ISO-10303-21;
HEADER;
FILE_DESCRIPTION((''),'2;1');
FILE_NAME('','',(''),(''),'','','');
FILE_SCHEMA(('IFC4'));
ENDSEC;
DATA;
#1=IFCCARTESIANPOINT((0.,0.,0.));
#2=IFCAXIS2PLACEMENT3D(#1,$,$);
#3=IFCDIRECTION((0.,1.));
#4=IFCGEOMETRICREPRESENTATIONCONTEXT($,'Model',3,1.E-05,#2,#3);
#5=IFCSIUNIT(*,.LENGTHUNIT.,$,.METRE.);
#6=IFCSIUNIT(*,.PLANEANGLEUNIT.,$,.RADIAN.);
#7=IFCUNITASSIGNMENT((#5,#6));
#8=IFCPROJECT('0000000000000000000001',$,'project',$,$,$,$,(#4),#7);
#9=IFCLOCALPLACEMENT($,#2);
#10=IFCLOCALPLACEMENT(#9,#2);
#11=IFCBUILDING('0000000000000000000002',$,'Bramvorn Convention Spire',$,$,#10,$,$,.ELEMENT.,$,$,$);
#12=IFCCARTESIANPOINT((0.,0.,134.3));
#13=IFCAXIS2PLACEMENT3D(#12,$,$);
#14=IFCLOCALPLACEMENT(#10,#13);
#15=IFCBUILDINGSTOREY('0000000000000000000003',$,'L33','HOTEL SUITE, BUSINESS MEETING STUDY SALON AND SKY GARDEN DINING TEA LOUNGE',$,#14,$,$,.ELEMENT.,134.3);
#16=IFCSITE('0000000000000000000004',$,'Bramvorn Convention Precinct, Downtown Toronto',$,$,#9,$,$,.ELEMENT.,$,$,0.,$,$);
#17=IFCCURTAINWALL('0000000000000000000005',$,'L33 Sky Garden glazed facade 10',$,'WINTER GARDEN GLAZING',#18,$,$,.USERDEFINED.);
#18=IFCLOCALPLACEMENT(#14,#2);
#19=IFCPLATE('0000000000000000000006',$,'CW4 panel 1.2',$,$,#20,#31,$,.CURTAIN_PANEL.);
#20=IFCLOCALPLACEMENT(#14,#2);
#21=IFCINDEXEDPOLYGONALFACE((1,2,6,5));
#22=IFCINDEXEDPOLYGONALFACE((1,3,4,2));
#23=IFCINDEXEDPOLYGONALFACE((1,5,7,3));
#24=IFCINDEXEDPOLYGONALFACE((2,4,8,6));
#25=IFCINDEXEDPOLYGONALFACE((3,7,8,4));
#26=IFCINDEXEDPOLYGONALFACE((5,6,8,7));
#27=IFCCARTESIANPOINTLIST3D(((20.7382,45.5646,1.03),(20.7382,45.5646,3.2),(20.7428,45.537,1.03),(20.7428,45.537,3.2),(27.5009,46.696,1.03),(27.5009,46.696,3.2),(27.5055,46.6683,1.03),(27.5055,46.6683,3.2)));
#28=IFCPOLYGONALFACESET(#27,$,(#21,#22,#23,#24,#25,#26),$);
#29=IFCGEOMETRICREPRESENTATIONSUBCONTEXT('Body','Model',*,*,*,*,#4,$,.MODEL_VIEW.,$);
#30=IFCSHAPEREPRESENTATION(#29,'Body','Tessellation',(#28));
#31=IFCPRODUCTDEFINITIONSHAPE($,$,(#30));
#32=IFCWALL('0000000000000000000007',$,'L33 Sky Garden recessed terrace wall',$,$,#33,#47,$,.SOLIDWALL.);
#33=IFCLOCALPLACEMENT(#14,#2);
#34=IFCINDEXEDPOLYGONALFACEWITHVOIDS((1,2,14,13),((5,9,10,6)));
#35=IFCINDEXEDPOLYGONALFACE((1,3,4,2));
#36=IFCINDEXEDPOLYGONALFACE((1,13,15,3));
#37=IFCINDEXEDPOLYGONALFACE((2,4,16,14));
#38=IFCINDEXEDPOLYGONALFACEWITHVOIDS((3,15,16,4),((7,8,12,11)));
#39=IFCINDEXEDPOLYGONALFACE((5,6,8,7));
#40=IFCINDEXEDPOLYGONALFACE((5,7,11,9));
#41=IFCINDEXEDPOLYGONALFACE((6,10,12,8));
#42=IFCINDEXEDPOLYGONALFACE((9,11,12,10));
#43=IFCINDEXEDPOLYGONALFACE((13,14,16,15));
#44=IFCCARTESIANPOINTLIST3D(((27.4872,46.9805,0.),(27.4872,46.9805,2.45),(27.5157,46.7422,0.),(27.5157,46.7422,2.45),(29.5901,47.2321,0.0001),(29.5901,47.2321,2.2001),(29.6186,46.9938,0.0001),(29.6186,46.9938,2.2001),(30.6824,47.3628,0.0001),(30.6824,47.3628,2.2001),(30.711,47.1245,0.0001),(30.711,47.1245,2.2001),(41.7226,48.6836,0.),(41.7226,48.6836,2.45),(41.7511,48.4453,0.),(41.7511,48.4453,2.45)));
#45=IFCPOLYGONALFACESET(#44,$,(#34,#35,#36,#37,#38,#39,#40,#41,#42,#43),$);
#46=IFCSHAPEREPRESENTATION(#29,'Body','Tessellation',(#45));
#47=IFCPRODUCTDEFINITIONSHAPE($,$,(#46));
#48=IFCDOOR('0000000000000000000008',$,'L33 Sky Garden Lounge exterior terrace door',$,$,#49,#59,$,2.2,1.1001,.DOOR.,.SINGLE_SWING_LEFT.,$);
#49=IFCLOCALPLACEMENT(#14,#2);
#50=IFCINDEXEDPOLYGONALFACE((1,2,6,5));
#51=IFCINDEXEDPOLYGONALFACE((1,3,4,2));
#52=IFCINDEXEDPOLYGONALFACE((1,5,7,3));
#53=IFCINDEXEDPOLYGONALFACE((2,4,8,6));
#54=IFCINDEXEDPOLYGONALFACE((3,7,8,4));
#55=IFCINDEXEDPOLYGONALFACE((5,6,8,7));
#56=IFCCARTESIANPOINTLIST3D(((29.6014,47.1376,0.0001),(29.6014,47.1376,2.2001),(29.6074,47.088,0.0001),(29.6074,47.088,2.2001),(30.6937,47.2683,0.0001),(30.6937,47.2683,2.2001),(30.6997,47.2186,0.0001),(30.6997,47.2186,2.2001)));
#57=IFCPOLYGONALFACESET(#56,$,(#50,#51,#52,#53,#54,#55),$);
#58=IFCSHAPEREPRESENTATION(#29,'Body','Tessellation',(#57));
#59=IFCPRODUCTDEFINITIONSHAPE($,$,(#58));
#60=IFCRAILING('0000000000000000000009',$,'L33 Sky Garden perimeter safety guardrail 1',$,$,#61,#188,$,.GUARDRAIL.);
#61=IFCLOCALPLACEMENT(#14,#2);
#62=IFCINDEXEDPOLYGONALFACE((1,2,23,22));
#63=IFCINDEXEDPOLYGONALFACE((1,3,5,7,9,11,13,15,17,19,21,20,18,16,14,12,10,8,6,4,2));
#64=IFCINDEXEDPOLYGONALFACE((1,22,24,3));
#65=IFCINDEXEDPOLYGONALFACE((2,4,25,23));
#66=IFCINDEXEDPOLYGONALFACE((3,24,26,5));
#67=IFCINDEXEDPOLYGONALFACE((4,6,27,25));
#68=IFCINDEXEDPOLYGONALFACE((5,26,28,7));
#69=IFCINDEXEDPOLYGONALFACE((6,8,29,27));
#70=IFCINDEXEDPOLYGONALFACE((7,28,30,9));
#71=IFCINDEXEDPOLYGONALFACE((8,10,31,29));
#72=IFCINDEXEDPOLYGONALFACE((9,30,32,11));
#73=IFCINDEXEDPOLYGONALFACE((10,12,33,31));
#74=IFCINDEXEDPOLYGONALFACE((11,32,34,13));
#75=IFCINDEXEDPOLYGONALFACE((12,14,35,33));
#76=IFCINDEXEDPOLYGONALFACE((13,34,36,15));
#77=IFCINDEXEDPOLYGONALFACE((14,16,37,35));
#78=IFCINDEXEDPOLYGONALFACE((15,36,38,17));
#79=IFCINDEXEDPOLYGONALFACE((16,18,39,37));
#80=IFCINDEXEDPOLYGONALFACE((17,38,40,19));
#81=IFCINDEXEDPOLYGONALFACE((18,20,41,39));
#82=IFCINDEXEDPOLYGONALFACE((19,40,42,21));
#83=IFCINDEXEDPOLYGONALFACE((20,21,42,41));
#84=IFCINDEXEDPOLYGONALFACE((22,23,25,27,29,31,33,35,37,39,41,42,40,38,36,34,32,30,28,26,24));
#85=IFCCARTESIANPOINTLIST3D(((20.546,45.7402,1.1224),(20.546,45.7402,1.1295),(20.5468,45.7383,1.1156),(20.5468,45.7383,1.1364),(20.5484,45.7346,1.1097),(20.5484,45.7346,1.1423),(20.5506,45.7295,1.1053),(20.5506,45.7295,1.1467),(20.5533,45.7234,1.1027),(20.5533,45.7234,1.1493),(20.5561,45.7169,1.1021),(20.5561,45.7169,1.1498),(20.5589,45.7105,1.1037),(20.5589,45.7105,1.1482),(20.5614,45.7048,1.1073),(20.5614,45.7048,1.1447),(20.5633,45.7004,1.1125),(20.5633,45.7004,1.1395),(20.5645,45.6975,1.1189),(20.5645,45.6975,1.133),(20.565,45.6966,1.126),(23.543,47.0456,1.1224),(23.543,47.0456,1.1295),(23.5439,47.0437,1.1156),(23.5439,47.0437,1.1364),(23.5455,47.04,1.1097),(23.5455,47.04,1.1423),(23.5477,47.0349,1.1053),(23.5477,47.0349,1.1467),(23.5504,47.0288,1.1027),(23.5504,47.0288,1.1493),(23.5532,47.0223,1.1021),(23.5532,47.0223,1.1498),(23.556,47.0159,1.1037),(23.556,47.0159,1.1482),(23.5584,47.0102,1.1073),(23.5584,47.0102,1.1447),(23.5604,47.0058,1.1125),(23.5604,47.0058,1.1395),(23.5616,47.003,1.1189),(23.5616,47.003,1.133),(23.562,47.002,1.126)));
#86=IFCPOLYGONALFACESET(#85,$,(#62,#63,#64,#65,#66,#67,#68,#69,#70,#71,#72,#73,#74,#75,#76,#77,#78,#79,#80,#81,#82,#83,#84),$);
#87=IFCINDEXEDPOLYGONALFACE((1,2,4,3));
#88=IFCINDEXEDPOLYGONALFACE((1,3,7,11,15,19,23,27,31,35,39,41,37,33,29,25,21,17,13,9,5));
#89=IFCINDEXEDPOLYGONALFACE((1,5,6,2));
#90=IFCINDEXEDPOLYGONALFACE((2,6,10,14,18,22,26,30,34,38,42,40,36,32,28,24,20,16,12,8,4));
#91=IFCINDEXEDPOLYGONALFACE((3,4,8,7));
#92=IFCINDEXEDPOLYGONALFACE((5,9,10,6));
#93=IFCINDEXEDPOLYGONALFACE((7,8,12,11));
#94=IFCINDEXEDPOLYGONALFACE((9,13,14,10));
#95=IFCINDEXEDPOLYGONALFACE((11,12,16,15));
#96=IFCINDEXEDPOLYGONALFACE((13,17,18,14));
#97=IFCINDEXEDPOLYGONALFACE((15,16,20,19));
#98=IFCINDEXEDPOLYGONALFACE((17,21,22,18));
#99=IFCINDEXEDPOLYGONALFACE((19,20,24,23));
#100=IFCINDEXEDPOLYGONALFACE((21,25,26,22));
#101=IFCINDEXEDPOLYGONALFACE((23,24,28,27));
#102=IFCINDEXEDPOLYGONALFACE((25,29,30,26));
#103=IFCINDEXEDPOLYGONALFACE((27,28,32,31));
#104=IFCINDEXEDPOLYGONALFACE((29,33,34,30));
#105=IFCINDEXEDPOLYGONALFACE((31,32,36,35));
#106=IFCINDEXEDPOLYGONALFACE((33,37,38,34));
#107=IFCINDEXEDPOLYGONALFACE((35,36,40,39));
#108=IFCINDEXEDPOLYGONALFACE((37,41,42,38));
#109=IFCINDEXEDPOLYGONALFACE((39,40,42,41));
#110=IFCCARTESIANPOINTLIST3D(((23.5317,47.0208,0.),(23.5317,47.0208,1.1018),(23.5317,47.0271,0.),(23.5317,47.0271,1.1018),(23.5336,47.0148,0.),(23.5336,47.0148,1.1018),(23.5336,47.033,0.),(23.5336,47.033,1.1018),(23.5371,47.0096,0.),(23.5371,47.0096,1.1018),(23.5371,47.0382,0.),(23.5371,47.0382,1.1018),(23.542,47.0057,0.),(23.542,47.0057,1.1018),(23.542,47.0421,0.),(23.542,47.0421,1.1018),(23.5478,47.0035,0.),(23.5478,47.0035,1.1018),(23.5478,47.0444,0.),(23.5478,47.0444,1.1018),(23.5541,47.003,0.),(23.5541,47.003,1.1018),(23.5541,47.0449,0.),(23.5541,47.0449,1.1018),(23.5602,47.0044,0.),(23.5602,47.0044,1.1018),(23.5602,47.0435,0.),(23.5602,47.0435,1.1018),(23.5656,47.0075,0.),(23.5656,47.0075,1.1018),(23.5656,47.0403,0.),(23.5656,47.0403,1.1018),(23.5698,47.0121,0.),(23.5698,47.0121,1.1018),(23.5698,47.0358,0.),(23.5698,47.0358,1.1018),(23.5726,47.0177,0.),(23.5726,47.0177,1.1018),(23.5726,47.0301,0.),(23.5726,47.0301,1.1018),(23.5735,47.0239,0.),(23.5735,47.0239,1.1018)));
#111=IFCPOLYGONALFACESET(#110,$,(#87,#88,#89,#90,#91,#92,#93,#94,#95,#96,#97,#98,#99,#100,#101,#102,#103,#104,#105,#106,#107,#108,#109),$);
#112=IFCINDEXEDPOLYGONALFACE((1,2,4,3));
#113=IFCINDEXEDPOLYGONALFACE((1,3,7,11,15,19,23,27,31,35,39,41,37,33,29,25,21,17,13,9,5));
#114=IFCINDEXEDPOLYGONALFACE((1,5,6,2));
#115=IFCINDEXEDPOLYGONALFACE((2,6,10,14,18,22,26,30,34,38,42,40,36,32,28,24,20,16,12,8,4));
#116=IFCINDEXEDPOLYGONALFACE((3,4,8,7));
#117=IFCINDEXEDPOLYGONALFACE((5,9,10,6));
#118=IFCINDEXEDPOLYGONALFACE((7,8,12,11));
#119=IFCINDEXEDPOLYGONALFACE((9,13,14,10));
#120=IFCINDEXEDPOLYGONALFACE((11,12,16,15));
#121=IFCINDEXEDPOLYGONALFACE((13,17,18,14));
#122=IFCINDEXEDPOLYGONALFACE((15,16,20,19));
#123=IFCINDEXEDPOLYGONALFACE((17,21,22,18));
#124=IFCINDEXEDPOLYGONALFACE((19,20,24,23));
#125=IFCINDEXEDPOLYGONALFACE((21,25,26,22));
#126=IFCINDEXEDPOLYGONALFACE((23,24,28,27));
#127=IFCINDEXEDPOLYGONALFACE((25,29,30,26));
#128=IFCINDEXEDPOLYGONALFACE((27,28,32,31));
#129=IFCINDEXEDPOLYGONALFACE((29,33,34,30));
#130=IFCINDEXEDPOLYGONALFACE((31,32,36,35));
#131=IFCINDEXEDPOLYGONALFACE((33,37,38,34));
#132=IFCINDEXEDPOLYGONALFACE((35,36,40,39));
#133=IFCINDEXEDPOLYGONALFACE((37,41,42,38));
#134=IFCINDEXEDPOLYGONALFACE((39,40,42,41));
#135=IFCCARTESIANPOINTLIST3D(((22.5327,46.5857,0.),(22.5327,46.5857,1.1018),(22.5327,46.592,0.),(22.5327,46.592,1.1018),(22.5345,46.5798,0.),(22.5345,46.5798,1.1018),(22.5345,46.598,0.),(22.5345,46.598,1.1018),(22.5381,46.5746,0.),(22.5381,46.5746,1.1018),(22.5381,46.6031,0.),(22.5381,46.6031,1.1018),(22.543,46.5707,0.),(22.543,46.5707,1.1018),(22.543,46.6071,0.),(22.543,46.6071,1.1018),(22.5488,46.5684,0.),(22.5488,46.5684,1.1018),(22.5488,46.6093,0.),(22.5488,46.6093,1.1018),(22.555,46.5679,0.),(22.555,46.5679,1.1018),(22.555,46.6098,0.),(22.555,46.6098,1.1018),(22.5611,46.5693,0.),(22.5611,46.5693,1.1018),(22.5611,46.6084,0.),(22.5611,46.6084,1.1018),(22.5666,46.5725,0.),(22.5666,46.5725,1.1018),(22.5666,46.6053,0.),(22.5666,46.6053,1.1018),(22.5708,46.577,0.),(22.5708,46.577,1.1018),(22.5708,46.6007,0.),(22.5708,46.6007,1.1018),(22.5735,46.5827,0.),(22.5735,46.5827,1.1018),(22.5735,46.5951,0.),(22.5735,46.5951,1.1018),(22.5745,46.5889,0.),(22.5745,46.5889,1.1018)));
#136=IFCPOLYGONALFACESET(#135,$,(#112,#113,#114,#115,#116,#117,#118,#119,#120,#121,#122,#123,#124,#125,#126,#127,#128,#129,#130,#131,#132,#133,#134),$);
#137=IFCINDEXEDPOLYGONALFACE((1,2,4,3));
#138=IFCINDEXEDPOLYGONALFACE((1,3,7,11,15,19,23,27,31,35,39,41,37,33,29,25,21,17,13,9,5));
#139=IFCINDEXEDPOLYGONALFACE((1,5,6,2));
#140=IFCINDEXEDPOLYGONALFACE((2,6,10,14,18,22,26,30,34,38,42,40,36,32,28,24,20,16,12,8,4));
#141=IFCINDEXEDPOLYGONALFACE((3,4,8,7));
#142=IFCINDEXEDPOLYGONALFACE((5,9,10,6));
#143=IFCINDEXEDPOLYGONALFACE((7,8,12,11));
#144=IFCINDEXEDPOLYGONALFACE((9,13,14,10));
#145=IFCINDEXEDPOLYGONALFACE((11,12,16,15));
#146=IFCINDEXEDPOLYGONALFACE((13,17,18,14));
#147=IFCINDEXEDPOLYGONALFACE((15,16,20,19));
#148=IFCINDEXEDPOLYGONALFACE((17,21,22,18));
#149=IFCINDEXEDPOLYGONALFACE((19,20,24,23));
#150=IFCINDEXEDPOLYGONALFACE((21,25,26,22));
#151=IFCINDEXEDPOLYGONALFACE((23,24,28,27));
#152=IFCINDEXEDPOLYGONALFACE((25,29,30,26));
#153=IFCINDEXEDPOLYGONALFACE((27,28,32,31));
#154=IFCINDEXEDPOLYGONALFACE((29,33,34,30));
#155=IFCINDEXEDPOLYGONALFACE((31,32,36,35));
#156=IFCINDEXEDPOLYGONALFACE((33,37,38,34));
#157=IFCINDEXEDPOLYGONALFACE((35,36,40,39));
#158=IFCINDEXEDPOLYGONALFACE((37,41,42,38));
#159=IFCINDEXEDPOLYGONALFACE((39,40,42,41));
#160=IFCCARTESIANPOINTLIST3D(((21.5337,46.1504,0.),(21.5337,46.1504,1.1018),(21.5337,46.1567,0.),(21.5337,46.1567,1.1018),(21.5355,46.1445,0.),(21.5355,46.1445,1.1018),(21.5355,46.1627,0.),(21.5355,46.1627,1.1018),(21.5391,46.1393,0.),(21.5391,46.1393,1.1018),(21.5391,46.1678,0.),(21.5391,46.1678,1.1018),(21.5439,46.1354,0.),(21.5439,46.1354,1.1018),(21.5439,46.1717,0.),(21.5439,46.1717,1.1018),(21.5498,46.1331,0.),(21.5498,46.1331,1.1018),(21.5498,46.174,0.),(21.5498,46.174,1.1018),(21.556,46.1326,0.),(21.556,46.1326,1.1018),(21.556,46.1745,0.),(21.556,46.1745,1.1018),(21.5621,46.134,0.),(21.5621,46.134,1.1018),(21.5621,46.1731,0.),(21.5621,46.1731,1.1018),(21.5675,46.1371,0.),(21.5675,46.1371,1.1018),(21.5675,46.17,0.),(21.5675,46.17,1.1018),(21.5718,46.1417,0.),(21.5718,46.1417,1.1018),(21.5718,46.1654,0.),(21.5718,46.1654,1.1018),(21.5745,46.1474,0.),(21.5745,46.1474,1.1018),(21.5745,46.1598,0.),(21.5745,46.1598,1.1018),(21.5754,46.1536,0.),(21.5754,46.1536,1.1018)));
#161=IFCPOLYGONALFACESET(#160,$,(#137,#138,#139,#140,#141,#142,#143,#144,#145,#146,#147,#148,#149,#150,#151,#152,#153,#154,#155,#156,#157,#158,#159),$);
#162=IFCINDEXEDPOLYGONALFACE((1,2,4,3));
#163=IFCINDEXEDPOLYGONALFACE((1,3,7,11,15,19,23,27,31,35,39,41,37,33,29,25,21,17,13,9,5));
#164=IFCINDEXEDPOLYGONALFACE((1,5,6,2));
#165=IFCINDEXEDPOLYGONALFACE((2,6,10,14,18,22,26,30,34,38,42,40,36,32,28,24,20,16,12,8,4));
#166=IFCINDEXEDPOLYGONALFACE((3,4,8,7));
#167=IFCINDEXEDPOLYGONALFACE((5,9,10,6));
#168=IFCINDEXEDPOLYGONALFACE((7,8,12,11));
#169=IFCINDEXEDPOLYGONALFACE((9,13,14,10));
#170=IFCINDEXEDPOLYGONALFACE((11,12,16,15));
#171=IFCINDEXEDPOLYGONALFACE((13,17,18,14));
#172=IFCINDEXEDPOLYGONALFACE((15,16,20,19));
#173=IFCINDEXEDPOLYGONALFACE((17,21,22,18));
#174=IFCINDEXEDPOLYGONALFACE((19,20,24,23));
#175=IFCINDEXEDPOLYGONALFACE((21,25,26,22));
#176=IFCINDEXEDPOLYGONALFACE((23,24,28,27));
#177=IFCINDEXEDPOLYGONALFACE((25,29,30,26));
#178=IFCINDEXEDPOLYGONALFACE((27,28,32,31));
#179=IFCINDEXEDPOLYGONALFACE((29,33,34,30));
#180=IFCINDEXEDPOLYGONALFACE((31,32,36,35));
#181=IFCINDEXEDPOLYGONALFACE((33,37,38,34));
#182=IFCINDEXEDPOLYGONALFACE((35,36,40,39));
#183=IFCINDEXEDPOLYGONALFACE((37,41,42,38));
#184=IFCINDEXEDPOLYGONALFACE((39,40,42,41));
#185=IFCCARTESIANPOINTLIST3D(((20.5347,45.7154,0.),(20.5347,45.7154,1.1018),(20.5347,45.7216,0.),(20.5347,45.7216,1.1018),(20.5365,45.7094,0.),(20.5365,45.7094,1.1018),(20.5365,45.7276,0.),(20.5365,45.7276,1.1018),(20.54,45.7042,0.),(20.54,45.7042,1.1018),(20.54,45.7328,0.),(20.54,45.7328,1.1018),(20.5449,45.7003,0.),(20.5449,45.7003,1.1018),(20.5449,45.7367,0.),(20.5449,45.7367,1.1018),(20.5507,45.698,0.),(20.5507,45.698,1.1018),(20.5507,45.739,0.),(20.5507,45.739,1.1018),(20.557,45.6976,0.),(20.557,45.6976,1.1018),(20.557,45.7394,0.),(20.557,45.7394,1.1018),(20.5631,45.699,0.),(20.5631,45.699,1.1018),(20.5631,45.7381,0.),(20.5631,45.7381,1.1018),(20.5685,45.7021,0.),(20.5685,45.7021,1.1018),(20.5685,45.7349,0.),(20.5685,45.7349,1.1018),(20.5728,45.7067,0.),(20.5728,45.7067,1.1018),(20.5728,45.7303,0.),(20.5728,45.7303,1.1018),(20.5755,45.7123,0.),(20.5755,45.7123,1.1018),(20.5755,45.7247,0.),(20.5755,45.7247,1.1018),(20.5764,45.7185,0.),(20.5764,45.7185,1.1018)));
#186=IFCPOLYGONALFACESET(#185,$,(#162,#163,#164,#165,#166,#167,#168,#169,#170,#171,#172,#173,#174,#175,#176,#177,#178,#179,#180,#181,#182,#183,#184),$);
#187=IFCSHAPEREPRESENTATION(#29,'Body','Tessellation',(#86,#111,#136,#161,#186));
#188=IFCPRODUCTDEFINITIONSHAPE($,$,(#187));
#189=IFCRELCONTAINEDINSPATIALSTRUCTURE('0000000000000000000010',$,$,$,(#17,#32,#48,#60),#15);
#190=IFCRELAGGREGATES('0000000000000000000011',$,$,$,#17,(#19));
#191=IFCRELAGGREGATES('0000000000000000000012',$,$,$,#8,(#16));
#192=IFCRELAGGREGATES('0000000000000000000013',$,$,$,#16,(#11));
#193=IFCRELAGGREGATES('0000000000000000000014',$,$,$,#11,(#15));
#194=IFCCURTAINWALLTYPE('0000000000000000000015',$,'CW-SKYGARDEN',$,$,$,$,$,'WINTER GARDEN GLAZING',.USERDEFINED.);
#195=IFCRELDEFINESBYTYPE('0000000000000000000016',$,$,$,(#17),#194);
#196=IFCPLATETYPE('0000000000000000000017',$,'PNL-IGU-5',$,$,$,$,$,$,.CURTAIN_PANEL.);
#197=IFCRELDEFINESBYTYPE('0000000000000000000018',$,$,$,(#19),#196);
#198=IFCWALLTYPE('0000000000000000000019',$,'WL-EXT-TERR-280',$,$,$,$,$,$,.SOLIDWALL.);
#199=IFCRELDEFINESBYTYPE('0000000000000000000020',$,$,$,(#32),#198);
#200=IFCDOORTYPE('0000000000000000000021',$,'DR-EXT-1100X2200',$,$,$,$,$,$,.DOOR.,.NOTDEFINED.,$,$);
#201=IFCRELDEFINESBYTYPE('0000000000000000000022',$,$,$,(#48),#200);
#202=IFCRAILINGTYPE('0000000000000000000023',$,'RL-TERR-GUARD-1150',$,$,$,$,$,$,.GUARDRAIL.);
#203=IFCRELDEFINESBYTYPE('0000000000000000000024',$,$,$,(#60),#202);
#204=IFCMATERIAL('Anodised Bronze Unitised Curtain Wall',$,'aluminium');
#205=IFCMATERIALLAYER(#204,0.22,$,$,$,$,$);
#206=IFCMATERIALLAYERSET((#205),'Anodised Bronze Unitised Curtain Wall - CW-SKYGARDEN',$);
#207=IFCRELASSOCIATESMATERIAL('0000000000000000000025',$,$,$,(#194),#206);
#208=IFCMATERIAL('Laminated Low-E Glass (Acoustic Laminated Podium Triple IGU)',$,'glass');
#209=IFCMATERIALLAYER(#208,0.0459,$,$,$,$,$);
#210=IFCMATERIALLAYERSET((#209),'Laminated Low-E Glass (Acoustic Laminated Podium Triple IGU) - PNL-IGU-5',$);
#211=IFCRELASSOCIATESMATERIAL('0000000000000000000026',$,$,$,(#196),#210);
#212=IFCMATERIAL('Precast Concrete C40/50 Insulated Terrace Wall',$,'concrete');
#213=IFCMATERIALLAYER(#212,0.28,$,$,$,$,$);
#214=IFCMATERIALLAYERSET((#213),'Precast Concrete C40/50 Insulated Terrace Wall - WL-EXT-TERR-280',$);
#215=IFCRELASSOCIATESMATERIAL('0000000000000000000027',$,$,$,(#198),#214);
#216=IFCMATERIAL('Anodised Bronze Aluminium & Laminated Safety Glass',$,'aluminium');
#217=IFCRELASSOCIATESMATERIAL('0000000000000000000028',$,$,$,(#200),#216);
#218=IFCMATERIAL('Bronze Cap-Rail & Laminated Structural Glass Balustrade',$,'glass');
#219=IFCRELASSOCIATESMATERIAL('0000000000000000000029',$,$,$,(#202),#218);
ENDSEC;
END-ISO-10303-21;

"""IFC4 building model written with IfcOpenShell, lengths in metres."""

from ifc_helpers import new_model, si_unit, direction, frame, frame_2d, origin, origin_2d, place, context, subcontext, project, spatial, rectangle, circle, extrude, material, layer, layer_set, type_object, element, fill, aggregate, save


model = new_model("IFC4")

# Units and contexts
model_context = context("Model", 3, precision=1e-05, world=origin(), true_north=direction((0.0, 1.0)))
body_context = subcontext(model_context, "Body", "Model", "MODEL_VIEW")
ifc_project = project(units=[si_unit("LENGTHUNIT", "METRE"), si_unit("PLANEANGLEUNIT", "RADIAN")], contexts=[model_context])

# Site, building, storey
site_placement = place(None, origin())
site = spatial("IfcSite", under=ifc_project, at=site_placement, Name="Bramvorn Convention Precinct, Downtown Toronto", CompositionType="ELEMENT", RefElevation=0.0)
building_placement = place(site_placement, origin())
building = spatial("IfcBuilding", under=site, at=building_placement, Name="Bramvorn Convention Spire", CompositionType="ELEMENT")
storey_placement = place(building_placement, frame((0.0, 0.0, 134.3)))
storey = spatial("IfcBuildingStorey", under=building, at=storey_placement, Name="L33", Description="HOTEL SUITE, BUSINESS MEETING STUDY SALON AND SKY GARDEN DINING TEA LOUNGE", CompositionType="ELEMENT", Elevation=134.3)

# Curtain wall
ifc_material_1 = material(Name="Anodised Bronze Unitised Curtain Wall", Category="aluminium")
ifc_layer_1 = layer(ifc_material_1, 0.22)
ifc_layer_set_1 = layer_set([ifc_layer_1], Name="Anodised Bronze Unitised Curtain Wall - CW-SKYGARDEN")
curtain_wall_type = type_object("IfcCurtainWallType", Name="CW-SKYGARDEN", ElementType="WINTER GARDEN GLAZING", PredefinedType="USERDEFINED", material=ifc_layer_set_1)
curtain_wall_1_placement = place(storey_placement, origin())
curtain_wall_1 = element("IfcCurtainWall", 1, at=curtain_wall_1_placement, inside=storey, type_object=curtain_wall_type, Name="L33 Sky Garden glazed facade 10", ObjectType="WINTER GARDEN GLAZING", PredefinedType="USERDEFINED")

# Plate
ifc_material_2 = material(Name="Laminated Low-E Glass (Acoustic Laminated Podium Triple IGU)", Category="glass")
ifc_layer_2 = layer(ifc_material_2, 0.0459)
ifc_layer_set_2 = layer_set([ifc_layer_2], Name="Laminated Low-E Glass (Acoustic Laminated Podium Triple IGU) - PNL-IGU-5")
plate_type = type_object("IfcPlateType", Name="PNL-IGU-5", PredefinedType="CURTAIN_PANEL", material=ifc_layer_set_2)
plate_1_placement = place(storey_placement, frame((24.1218, 46.1165, 1.03), z_axis=(0.0, 0.0, 1.0), x_axis=(0.986295, 0.164994, 0.0)))
plate_1 = element("IfcPlate", 2, at=plate_1_placement, type_object=plate_type, Name="CW4 panel 1.2", PredefinedType="CURTAIN_PANEL", context=body_context, shape_type="SweptSolid", body=[
    extrude(rectangle(XDim=6.8567, YDim=0.0281, at=origin_2d()), origin(), (0.0, 0.0, 1.0), 2.1699),
])
aggregate(curtain_wall_1, [plate_1])

# Wall, opening, door
ifc_material_3 = material(Name="Precast Concrete C40/50 Insulated Terrace Wall", Category="concrete")
ifc_layer_3 = layer(ifc_material_3, 0.28)
ifc_layer_set_3 = layer_set([ifc_layer_3], Name="Precast Concrete C40/50 Insulated Terrace Wall - WL-EXT-TERR-280")
wall_type = type_object("IfcWallType", Name="WL-EXT-TERR-280", PredefinedType="SOLIDWALL", material=ifc_layer_set_3)
wall_placement = place(storey_placement, frame((27.5015, 46.8613, 0.0), z_axis=(0.0, 0.0, 1.0), x_axis=(0.992919, 0.118793, 0.0)))
wall = element("IfcWall", 3, at=wall_placement, inside=storey, type_object=wall_type, Name="L33 Sky Garden recessed terrace wall", PredefinedType="SOLIDWALL", context=body_context, shape_type="SweptSolid", body=[
    extrude(rectangle(XDim=14.3369, YDim=0.24, at=frame_2d((7.1685, 0.0))), origin(), (0.0, 0.0, 1.0), 2.45),
])
opening_placement = place(wall_placement, frame((2.1179, 0.0, 0.0)))
opening = element("IfcOpeningElement", 4, at=opening_placement, cuts=wall, PredefinedType="OPENING", context=body_context, shape_type="SweptSolid", body=[
    extrude(rectangle(XDim=1.1001, YDim=2.2, at=frame_2d((0.55, 1.1001))), frame((0.0, 0.1299, 0.0), z_axis=(0.0, -1.0, 0.0), x_axis=(1.0, 0.0, 0.0)), (0.0, 0.0, 1.0), 0.26),
])
ifc_material_4 = material(Name="Anodised Bronze Aluminium & Laminated Safety Glass", Category="aluminium")
door_type = type_object("IfcDoorType", Name="DR-EXT-1100X2200", OperationType="NOTDEFINED", PredefinedType="DOOR", material=ifc_material_4)
door_placement = place(opening_placement, origin())
door = element("IfcDoor", 5, at=door_placement, inside=storey, type_object=door_type, Name="L33 Sky Garden Lounge exterior terrace door", OperationType="SINGLE_SWING_LEFT", OverallHeight=2.2, OverallWidth=1.1001, PredefinedType="DOOR", context=body_context, shape_type="SweptSolid", body=[
    extrude(rectangle(XDim=1.1001, YDim=2.2, at=frame_2d((0.55, 1.1001))), frame((0.0, 0.0249, 0.0), z_axis=(0.0, -1.0, 0.0), x_axis=(1.0, 0.0, 0.0)), (0.0, 0.0, 1.0), 0.05),
])
fill(opening, door)

# Railing
ifc_material_5 = material(Name="Bronze Cap-Rail & Laminated Structural Glass Balustrade", Category="glass")
railing_type = type_object("IfcRailingType", Name="RL-TERR-GUARD-1150", PredefinedType="GUARDRAIL", material=ifc_material_5)
railing_1_placement = place(storey_placement, frame((23.5525, 47.0239, 0.0)))
element("IfcRailing", 6, at=railing_1_placement, inside=storey, type_object=railing_type, Name="L33 Sky Garden perimeter safety guardrail 1", PredefinedType="GUARDRAIL", context=body_context, shape_type="SweptSolid", body=[
    extrude(circle(Radius=0.0239, at=origin_2d()), frame((0.0, 0.0, 1.126), z_axis=(-0.916807, -0.39933, 0.0), x_axis=(0.39933, -0.916807, 0.0)), (0.0, 0.0, 1.0), 3.269),
    extrude(circle(Radius=0.021, at=origin_2d()), origin(), (0.0, 0.0, 1.0), 1.1018),
    extrude(circle(Radius=0.021, at=origin_2d()), frame((-0.999, -0.4351, 0.0)), (0.0, 0.0, 1.0), 1.1018),
    extrude(circle(Radius=0.021, at=origin_2d()), frame((-1.998, -0.8704, 0.0)), (0.0, 0.0, 1.0), 1.1018),
    extrude(circle(Radius=0.021, at=origin_2d()), frame((-2.9971, -1.3054, 0.0)), (0.0, 0.0, 1.0), 1.1018),
])

save(model, "model.ifc")
